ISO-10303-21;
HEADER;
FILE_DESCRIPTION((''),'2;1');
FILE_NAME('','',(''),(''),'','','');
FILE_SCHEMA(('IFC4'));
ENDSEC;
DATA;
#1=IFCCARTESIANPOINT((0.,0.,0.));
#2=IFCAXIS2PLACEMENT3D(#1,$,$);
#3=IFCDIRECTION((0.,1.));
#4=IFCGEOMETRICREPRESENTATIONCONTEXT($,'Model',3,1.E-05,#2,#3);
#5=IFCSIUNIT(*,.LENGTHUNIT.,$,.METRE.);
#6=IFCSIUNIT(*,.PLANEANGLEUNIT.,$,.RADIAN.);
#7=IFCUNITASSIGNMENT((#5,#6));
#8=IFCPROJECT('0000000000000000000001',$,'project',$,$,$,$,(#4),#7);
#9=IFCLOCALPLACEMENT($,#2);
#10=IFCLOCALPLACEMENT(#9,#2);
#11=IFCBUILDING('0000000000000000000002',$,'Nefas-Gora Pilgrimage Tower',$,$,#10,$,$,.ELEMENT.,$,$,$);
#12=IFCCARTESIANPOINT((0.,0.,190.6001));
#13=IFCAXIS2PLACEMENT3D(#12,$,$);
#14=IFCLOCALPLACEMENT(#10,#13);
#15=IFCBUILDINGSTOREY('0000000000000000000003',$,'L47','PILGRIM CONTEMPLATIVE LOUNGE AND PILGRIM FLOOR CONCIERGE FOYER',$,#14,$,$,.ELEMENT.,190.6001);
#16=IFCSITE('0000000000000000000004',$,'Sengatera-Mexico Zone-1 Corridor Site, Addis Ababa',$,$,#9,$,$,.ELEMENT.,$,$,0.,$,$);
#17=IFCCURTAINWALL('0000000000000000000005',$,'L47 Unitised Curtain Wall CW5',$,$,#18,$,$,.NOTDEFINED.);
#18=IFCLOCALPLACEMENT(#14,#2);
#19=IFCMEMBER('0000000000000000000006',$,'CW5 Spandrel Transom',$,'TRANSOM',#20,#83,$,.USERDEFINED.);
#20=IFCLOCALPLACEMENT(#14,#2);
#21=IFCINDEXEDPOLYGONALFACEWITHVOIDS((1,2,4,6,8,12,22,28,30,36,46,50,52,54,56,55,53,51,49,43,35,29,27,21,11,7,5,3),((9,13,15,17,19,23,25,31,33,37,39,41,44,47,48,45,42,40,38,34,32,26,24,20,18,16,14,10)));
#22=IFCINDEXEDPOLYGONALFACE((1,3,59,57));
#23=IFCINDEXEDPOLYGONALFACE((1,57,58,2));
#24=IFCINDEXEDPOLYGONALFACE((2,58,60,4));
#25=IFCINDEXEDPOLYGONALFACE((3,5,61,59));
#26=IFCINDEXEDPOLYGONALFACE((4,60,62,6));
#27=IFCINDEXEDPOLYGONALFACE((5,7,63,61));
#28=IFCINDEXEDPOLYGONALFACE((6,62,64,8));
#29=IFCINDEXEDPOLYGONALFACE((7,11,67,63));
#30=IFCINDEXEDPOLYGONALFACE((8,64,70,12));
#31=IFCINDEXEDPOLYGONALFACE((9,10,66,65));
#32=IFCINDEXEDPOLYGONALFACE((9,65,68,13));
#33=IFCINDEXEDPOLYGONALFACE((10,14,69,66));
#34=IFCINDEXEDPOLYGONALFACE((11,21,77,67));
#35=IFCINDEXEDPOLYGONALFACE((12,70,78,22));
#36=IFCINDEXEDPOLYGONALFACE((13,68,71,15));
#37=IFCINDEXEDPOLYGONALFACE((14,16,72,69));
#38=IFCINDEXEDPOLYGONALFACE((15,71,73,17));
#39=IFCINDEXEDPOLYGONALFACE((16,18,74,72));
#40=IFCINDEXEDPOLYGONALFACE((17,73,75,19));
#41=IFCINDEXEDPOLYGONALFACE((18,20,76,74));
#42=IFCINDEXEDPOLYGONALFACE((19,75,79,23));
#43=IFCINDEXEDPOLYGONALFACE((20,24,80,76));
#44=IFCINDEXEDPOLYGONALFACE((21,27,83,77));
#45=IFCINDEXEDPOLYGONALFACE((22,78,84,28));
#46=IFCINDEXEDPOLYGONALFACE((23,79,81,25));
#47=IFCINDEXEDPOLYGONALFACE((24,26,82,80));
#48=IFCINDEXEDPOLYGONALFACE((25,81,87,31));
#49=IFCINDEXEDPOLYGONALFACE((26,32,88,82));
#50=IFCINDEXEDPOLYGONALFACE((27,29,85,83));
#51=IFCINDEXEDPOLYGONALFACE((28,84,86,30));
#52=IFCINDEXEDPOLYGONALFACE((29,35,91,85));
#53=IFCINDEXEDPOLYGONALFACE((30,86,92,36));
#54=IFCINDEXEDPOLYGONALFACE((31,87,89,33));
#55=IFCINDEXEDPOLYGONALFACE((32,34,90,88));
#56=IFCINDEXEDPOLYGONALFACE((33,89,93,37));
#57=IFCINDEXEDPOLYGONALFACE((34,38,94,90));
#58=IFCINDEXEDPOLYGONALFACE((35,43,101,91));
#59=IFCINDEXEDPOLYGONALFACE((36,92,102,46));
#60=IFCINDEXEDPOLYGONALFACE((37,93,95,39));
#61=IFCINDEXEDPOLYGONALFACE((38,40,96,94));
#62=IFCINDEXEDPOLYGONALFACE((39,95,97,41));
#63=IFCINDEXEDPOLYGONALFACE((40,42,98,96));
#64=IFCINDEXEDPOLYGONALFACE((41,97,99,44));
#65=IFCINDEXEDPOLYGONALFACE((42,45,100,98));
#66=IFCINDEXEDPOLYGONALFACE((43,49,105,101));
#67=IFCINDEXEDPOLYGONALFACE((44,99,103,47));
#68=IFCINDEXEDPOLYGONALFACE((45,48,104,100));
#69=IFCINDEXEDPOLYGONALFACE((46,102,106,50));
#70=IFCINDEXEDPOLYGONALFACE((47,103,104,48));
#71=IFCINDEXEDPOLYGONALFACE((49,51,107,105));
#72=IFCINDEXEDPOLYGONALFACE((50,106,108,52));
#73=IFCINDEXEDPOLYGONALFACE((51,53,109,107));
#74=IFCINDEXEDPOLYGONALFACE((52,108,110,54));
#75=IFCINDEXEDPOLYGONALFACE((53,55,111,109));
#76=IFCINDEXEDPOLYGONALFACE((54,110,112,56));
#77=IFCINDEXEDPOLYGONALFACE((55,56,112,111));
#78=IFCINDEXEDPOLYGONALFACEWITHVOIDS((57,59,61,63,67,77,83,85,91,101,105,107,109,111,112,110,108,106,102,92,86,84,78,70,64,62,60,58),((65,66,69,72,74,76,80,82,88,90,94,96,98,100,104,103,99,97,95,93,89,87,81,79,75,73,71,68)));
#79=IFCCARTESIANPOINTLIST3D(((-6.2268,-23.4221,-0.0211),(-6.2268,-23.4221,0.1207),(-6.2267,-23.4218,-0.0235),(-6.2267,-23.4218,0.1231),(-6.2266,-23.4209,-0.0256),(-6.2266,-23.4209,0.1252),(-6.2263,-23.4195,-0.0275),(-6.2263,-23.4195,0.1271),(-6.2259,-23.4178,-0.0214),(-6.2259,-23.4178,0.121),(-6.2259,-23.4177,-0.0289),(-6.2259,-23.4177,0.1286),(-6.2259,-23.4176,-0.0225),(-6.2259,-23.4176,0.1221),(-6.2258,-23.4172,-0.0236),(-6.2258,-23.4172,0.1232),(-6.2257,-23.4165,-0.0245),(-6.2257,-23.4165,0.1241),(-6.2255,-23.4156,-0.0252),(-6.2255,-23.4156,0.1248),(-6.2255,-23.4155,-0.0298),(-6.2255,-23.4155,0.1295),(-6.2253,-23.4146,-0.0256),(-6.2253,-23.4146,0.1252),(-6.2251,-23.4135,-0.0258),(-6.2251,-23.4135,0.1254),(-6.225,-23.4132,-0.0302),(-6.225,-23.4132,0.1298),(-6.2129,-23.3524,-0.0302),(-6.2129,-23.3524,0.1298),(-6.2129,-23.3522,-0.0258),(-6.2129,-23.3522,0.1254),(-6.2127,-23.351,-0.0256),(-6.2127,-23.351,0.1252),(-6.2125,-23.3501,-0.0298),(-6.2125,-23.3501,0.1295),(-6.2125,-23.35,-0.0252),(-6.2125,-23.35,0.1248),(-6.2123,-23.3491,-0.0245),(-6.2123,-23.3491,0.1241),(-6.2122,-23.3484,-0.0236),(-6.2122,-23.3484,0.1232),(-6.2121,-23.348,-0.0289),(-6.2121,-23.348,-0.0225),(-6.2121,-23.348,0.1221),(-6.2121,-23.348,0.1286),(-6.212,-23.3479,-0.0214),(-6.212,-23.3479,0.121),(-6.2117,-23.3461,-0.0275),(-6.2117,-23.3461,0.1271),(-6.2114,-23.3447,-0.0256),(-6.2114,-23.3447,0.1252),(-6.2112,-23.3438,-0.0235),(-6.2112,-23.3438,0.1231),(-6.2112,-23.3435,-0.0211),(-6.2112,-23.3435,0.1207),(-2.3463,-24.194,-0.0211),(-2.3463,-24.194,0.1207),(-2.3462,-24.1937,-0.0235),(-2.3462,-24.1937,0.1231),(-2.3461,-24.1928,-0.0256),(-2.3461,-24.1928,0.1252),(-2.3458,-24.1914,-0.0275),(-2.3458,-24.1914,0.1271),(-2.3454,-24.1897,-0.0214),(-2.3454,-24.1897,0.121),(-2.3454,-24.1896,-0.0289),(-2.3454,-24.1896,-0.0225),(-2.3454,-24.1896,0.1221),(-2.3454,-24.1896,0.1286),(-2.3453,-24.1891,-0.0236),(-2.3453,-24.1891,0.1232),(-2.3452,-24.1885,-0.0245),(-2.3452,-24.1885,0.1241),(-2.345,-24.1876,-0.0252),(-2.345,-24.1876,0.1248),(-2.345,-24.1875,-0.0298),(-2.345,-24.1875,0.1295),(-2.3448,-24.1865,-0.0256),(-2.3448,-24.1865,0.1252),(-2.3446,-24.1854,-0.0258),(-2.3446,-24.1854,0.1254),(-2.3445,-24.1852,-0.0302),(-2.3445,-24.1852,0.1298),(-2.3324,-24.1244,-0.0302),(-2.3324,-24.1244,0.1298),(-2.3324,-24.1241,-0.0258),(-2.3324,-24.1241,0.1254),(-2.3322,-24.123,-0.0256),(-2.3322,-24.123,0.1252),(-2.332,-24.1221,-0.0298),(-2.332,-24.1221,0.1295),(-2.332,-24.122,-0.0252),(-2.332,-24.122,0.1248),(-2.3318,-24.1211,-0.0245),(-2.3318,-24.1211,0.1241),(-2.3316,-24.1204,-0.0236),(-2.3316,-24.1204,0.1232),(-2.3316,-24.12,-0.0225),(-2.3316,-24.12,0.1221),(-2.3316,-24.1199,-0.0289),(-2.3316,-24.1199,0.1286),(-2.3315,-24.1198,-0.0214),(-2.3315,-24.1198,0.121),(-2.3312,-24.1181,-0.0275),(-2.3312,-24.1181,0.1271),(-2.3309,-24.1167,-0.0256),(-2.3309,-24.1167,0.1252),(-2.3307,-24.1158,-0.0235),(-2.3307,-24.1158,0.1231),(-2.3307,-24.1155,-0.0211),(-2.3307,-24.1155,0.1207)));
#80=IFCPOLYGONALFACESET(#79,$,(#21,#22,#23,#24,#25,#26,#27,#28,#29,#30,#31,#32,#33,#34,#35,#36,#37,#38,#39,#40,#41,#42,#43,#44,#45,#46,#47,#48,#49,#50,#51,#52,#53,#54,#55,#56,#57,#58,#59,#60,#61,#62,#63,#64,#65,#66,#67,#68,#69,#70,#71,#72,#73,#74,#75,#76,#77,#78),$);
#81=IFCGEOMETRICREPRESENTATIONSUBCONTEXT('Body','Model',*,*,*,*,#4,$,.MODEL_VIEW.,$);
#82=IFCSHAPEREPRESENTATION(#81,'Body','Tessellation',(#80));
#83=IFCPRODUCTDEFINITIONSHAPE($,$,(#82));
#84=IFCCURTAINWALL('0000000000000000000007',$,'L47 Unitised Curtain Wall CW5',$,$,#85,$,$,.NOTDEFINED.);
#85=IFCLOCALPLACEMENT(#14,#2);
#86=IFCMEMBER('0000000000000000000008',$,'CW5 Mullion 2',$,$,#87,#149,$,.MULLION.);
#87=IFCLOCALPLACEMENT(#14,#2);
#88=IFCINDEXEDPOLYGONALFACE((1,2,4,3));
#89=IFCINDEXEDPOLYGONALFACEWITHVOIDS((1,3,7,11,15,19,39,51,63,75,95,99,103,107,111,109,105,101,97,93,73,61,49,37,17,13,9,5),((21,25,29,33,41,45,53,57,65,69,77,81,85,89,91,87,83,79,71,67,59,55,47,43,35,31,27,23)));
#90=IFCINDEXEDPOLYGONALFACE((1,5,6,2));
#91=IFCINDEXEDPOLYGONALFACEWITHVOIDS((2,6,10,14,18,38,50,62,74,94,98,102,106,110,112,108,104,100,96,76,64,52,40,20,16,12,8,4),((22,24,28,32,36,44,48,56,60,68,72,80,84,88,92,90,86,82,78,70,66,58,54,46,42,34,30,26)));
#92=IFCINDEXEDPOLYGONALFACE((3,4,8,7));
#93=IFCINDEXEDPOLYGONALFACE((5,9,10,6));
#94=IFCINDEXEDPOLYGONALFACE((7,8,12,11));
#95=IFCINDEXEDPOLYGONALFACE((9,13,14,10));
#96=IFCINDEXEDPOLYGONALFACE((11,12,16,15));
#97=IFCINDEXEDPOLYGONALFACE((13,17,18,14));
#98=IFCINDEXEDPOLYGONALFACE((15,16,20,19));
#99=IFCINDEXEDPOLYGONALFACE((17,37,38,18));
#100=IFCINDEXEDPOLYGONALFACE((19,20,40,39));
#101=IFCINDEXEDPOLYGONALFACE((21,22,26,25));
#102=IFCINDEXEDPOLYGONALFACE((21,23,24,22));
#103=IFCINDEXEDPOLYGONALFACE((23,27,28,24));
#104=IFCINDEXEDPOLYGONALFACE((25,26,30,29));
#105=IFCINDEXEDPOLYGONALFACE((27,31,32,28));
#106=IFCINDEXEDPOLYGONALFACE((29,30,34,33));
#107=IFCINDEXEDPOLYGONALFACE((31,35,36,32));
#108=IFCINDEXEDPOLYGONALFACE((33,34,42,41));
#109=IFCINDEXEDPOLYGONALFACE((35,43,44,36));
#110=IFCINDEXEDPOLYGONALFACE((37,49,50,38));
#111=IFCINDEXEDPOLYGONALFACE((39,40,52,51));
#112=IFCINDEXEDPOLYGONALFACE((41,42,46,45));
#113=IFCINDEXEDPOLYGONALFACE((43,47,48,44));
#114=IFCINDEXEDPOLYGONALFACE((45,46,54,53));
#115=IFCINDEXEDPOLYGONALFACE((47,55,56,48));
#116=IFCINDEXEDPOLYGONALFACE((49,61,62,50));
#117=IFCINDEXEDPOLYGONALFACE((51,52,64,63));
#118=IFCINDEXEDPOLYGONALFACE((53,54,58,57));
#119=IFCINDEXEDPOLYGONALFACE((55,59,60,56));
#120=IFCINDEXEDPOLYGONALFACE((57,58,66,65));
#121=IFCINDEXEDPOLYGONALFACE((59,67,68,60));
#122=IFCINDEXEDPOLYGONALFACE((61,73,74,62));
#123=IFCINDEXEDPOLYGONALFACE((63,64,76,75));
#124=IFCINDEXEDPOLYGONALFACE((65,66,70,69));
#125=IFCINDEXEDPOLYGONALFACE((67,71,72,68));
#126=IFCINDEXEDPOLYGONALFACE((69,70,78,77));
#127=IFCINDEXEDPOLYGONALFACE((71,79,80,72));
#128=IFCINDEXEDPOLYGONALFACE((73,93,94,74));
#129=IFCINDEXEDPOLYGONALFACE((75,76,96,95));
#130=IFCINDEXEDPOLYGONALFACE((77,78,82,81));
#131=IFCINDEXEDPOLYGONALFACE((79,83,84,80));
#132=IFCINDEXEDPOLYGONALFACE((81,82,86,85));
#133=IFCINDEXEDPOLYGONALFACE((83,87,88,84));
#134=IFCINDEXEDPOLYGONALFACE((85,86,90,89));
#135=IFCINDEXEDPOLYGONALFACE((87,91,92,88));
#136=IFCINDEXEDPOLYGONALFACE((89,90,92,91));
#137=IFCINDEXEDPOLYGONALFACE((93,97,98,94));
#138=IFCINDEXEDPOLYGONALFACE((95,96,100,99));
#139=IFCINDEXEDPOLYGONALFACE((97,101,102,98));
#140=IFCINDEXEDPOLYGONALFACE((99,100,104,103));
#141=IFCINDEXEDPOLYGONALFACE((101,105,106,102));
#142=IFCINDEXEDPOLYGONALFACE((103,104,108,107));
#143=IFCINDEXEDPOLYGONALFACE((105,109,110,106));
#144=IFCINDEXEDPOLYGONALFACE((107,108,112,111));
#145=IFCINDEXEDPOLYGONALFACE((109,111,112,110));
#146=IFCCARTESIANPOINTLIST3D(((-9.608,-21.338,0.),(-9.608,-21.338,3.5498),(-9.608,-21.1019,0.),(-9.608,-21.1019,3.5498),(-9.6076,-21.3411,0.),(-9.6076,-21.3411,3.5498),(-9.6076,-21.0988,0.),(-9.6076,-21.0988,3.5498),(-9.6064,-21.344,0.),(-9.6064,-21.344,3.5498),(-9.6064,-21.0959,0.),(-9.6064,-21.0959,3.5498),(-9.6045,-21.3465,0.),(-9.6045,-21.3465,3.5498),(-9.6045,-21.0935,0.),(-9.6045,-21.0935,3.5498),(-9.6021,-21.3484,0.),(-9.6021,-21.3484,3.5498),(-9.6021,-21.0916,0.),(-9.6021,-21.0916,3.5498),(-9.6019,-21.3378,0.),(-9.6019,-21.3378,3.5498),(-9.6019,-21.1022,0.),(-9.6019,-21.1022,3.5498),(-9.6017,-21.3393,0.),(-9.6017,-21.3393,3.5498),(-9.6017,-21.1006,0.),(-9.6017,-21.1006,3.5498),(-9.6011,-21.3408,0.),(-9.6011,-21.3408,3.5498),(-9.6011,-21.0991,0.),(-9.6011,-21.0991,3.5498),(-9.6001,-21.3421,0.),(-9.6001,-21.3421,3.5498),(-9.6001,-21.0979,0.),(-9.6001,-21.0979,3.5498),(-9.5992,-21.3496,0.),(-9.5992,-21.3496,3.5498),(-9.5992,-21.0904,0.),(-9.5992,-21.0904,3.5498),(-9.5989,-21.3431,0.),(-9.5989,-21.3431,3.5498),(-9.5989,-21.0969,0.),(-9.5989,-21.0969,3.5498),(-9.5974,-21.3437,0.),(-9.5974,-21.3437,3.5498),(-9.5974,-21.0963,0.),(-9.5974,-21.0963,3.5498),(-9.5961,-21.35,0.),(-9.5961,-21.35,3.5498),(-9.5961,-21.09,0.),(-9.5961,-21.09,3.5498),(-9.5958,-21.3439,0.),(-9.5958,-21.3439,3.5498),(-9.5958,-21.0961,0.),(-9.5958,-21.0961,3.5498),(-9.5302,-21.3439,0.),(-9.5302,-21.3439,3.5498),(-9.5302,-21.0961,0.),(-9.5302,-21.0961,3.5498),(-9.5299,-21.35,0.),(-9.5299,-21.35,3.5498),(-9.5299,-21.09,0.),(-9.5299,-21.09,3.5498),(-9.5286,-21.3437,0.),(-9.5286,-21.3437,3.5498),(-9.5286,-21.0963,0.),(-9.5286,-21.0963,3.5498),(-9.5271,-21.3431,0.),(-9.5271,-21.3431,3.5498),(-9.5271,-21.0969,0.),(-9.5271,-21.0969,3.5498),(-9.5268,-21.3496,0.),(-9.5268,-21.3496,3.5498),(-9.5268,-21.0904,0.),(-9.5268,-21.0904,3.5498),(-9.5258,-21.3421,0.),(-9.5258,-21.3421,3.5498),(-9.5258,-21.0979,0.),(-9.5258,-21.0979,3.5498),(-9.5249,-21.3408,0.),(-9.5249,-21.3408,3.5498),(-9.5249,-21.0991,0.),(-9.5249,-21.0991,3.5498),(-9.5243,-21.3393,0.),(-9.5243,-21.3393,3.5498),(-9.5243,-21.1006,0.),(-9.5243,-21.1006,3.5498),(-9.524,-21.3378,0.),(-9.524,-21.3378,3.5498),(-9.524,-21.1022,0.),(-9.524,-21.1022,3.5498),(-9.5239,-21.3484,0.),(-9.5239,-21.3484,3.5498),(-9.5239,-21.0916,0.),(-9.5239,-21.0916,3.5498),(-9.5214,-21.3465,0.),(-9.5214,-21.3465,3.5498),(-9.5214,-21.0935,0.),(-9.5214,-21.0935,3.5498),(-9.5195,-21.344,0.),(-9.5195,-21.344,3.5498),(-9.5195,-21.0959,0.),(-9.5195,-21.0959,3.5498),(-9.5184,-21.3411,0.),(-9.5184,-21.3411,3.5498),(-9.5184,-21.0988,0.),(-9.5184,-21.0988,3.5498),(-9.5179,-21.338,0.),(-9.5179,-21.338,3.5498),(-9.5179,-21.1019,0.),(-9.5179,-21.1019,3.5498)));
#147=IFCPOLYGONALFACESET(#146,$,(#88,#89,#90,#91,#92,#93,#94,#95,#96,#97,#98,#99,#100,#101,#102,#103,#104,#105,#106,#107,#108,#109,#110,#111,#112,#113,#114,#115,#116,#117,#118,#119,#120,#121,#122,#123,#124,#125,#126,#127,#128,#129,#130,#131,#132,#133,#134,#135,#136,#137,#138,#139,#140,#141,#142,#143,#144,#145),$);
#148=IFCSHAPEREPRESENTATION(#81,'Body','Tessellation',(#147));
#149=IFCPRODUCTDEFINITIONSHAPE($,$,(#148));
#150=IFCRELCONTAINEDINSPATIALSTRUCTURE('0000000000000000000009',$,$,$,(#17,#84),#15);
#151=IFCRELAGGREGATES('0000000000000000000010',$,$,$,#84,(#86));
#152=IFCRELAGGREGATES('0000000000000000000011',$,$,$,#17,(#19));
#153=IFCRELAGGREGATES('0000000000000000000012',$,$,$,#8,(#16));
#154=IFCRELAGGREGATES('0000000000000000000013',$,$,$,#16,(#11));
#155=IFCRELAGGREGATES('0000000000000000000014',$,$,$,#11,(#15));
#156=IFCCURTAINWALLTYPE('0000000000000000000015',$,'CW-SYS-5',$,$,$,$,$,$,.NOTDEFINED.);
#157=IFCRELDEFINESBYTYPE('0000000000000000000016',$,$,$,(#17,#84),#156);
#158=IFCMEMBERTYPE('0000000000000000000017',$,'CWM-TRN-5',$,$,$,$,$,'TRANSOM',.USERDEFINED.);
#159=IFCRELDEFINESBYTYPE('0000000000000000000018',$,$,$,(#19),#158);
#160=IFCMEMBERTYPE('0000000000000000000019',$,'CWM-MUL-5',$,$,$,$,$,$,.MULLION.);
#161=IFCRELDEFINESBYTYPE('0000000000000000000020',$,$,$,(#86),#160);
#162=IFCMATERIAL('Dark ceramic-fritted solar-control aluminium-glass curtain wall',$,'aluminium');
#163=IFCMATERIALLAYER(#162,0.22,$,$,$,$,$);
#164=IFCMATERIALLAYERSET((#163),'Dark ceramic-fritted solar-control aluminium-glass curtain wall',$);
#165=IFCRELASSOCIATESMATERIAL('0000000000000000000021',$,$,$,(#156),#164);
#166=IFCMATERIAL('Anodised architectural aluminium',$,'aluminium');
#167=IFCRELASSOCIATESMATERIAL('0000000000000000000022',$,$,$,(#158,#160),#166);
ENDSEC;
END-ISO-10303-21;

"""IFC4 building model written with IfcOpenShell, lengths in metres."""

from ifc_helpers import new_model, si_unit, direction, frame, origin, origin_2d, place, context, subcontext, project, spatial, hollow_rectangle, extrude, source, transform, mapped, material, layer, layer_set, material_profile, profile_set, type_object, element, aggregate, save


model = new_model("IFC4")

# Units and contexts
model_context = context("Model", 3, precision=1e-05, world=origin(), true_north=direction((0.0, 1.0)))
body_context = subcontext(model_context, "Body", "Model", "MODEL_VIEW")
ifc_project = project(units=[si_unit("LENGTHUNIT", "METRE"), si_unit("PLANEANGLEUNIT", "RADIAN")], contexts=[model_context])

# Site, building, storey
site_placement = place(None, origin())
site = spatial("IfcSite", under=ifc_project, at=site_placement, Name="Sengatera-Mexico Zone-1 Corridor Site, Addis Ababa", CompositionType="ELEMENT", RefElevation=0.0)
building_placement = place(site_placement, origin())
building = spatial("IfcBuilding", under=site, at=building_placement, Name="Nefas-Gora Pilgrimage Tower", CompositionType="ELEMENT")
storey_placement = place(building_placement, frame((0.0, 0.0, 190.6001)))
storey = spatial("IfcBuildingStorey", under=building, at=storey_placement, Name="L47", Description="PILGRIM CONTEMPLATIVE LOUNGE AND PILGRIM FLOOR CONCIERGE FOYER", CompositionType="ELEMENT", Elevation=190.6001)

# Curtain walls, members
ifc_material_1 = material(Name="Dark ceramic-fritted solar-control aluminium-glass curtain wall", Category="aluminium")
ifc_layer_1 = layer(ifc_material_1, 0.22)
ifc_layer_set_1 = layer_set([ifc_layer_1], Name="Dark ceramic-fritted solar-control aluminium-glass curtain wall")
curtain_wall_type = type_object("IfcCurtainWallType", Name="CW-SYS-5", PredefinedType="NOTDEFINED", material=ifc_layer_set_1)
curtain_wall_1_placement = place(storey_placement, origin())
curtain_wall_1 = element("IfcCurtainWall", 1, at=curtain_wall_1_placement, inside=storey, type_object=curtain_wall_type, Name="L47 Unitised Curtain Wall CW5", PredefinedType="NOTDEFINED")
ifc_material_2 = material(Name="Anodised architectural aluminium", Category="aluminium")
ifc_material_profile_1 = material_profile(ifc_material_2, hollow_rectangle(XDim=0.0801, YDim=0.1599, WallThickness=0.0044, InnerFilletRadius=0.0044, OuterFilletRadius=0.009, at=origin_2d()), Name="ALU TRANSOM 80x160")
ifc_profile_set_1 = profile_set([ifc_material_profile_1], Name="Anodised architectural aluminium")
member_type_1 = type_object("IfcMemberType", Name="CWM-TRN-5", ElementType="TRANSOM", PredefinedType="USERDEFINED", material=ifc_profile_set_1)
shared_shape_1 = source(origin(), body_context, "Body", "SweptSolid", [
    extrude(hollow_rectangle(XDim=0.0801, YDim=0.1599, WallThickness=0.0044, InnerFilletRadius=0.0044, OuterFilletRadius=0.009, at=origin_2d()), origin(), (0.0, 0.0, 1.0), 3.9565),
])
member_1_placement = place(storey_placement, frame((-6.219, -23.3828, 0.0498), z_axis=(0.980782, -0.195107, 0.0), x_axis=(0.195107, 0.980782, 0.0)))
member_1 = element("IfcMember", 2, at=member_1_placement, type_object=member_type_1, Name="CW5 Spandrel Transom", ObjectType="TRANSOM", PredefinedType="USERDEFINED", context=body_context, shape_type="MappedRepresentation", body=[
    mapped(shared_shape_1, transform((0.0, 0.0, 0.0), x_axis=(1.0, 0.0, 0.0), y_axis=(0.0, 1.0, 0.0), z_axis=(0.0, 0.0, 1.0), scale=1.0)),
])
curtain_wall_2_placement = place(storey_placement, origin())
curtain_wall_2 = element("IfcCurtainWall", 3, at=curtain_wall_2_placement, inside=storey, type_object=curtain_wall_type, Name="L47 Unitised Curtain Wall CW5", PredefinedType="NOTDEFINED")
ifc_material_profile_2 = material_profile(ifc_material_2, hollow_rectangle(XDim=0.0901, YDim=0.26, WallThickness=0.0061, InnerFilletRadius=0.0061, OuterFilletRadius=0.012, at=origin_2d()), Name="ALU MULLION 90x260")
ifc_profile_set_2 = profile_set([ifc_material_profile_2], Name="Anodised architectural aluminium")
member_type_2 = type_object("IfcMemberType", Name="CWM-MUL-5", PredefinedType="MULLION", material=ifc_profile_set_2)
shared_shape_2 = source(origin(), body_context, "Body", "SweptSolid", [
    extrude(hollow_rectangle(XDim=0.0901, YDim=0.26, WallThickness=0.0061, InnerFilletRadius=0.0061, OuterFilletRadius=0.012, at=origin_2d()), origin(), (0.0, 0.0, 1.0), 3.5498),
])
member_2_placement = place(storey_placement, frame((-9.563, -21.22, 0.0), z_axis=(0.0, 0.0, 1.0), x_axis=(1.0, 0.0, 0.0)))
member_2 = element("IfcMember", 4, at=member_2_placement, type_object=member_type_2, Name="CW5 Mullion 2", PredefinedType="MULLION", context=body_context, shape_type="MappedRepresentation", body=[
    mapped(shared_shape_2, transform((0.0, 0.0, 0.0), x_axis=(1.0, 0.0, 0.0), y_axis=(0.0, 1.0, 0.0), z_axis=(0.0, 0.0, 1.0), scale=1.0)),
])
aggregate(curtain_wall_2, [member_2])

aggregate(curtain_wall_1, [member_1])

save(model, "model.ifc")
